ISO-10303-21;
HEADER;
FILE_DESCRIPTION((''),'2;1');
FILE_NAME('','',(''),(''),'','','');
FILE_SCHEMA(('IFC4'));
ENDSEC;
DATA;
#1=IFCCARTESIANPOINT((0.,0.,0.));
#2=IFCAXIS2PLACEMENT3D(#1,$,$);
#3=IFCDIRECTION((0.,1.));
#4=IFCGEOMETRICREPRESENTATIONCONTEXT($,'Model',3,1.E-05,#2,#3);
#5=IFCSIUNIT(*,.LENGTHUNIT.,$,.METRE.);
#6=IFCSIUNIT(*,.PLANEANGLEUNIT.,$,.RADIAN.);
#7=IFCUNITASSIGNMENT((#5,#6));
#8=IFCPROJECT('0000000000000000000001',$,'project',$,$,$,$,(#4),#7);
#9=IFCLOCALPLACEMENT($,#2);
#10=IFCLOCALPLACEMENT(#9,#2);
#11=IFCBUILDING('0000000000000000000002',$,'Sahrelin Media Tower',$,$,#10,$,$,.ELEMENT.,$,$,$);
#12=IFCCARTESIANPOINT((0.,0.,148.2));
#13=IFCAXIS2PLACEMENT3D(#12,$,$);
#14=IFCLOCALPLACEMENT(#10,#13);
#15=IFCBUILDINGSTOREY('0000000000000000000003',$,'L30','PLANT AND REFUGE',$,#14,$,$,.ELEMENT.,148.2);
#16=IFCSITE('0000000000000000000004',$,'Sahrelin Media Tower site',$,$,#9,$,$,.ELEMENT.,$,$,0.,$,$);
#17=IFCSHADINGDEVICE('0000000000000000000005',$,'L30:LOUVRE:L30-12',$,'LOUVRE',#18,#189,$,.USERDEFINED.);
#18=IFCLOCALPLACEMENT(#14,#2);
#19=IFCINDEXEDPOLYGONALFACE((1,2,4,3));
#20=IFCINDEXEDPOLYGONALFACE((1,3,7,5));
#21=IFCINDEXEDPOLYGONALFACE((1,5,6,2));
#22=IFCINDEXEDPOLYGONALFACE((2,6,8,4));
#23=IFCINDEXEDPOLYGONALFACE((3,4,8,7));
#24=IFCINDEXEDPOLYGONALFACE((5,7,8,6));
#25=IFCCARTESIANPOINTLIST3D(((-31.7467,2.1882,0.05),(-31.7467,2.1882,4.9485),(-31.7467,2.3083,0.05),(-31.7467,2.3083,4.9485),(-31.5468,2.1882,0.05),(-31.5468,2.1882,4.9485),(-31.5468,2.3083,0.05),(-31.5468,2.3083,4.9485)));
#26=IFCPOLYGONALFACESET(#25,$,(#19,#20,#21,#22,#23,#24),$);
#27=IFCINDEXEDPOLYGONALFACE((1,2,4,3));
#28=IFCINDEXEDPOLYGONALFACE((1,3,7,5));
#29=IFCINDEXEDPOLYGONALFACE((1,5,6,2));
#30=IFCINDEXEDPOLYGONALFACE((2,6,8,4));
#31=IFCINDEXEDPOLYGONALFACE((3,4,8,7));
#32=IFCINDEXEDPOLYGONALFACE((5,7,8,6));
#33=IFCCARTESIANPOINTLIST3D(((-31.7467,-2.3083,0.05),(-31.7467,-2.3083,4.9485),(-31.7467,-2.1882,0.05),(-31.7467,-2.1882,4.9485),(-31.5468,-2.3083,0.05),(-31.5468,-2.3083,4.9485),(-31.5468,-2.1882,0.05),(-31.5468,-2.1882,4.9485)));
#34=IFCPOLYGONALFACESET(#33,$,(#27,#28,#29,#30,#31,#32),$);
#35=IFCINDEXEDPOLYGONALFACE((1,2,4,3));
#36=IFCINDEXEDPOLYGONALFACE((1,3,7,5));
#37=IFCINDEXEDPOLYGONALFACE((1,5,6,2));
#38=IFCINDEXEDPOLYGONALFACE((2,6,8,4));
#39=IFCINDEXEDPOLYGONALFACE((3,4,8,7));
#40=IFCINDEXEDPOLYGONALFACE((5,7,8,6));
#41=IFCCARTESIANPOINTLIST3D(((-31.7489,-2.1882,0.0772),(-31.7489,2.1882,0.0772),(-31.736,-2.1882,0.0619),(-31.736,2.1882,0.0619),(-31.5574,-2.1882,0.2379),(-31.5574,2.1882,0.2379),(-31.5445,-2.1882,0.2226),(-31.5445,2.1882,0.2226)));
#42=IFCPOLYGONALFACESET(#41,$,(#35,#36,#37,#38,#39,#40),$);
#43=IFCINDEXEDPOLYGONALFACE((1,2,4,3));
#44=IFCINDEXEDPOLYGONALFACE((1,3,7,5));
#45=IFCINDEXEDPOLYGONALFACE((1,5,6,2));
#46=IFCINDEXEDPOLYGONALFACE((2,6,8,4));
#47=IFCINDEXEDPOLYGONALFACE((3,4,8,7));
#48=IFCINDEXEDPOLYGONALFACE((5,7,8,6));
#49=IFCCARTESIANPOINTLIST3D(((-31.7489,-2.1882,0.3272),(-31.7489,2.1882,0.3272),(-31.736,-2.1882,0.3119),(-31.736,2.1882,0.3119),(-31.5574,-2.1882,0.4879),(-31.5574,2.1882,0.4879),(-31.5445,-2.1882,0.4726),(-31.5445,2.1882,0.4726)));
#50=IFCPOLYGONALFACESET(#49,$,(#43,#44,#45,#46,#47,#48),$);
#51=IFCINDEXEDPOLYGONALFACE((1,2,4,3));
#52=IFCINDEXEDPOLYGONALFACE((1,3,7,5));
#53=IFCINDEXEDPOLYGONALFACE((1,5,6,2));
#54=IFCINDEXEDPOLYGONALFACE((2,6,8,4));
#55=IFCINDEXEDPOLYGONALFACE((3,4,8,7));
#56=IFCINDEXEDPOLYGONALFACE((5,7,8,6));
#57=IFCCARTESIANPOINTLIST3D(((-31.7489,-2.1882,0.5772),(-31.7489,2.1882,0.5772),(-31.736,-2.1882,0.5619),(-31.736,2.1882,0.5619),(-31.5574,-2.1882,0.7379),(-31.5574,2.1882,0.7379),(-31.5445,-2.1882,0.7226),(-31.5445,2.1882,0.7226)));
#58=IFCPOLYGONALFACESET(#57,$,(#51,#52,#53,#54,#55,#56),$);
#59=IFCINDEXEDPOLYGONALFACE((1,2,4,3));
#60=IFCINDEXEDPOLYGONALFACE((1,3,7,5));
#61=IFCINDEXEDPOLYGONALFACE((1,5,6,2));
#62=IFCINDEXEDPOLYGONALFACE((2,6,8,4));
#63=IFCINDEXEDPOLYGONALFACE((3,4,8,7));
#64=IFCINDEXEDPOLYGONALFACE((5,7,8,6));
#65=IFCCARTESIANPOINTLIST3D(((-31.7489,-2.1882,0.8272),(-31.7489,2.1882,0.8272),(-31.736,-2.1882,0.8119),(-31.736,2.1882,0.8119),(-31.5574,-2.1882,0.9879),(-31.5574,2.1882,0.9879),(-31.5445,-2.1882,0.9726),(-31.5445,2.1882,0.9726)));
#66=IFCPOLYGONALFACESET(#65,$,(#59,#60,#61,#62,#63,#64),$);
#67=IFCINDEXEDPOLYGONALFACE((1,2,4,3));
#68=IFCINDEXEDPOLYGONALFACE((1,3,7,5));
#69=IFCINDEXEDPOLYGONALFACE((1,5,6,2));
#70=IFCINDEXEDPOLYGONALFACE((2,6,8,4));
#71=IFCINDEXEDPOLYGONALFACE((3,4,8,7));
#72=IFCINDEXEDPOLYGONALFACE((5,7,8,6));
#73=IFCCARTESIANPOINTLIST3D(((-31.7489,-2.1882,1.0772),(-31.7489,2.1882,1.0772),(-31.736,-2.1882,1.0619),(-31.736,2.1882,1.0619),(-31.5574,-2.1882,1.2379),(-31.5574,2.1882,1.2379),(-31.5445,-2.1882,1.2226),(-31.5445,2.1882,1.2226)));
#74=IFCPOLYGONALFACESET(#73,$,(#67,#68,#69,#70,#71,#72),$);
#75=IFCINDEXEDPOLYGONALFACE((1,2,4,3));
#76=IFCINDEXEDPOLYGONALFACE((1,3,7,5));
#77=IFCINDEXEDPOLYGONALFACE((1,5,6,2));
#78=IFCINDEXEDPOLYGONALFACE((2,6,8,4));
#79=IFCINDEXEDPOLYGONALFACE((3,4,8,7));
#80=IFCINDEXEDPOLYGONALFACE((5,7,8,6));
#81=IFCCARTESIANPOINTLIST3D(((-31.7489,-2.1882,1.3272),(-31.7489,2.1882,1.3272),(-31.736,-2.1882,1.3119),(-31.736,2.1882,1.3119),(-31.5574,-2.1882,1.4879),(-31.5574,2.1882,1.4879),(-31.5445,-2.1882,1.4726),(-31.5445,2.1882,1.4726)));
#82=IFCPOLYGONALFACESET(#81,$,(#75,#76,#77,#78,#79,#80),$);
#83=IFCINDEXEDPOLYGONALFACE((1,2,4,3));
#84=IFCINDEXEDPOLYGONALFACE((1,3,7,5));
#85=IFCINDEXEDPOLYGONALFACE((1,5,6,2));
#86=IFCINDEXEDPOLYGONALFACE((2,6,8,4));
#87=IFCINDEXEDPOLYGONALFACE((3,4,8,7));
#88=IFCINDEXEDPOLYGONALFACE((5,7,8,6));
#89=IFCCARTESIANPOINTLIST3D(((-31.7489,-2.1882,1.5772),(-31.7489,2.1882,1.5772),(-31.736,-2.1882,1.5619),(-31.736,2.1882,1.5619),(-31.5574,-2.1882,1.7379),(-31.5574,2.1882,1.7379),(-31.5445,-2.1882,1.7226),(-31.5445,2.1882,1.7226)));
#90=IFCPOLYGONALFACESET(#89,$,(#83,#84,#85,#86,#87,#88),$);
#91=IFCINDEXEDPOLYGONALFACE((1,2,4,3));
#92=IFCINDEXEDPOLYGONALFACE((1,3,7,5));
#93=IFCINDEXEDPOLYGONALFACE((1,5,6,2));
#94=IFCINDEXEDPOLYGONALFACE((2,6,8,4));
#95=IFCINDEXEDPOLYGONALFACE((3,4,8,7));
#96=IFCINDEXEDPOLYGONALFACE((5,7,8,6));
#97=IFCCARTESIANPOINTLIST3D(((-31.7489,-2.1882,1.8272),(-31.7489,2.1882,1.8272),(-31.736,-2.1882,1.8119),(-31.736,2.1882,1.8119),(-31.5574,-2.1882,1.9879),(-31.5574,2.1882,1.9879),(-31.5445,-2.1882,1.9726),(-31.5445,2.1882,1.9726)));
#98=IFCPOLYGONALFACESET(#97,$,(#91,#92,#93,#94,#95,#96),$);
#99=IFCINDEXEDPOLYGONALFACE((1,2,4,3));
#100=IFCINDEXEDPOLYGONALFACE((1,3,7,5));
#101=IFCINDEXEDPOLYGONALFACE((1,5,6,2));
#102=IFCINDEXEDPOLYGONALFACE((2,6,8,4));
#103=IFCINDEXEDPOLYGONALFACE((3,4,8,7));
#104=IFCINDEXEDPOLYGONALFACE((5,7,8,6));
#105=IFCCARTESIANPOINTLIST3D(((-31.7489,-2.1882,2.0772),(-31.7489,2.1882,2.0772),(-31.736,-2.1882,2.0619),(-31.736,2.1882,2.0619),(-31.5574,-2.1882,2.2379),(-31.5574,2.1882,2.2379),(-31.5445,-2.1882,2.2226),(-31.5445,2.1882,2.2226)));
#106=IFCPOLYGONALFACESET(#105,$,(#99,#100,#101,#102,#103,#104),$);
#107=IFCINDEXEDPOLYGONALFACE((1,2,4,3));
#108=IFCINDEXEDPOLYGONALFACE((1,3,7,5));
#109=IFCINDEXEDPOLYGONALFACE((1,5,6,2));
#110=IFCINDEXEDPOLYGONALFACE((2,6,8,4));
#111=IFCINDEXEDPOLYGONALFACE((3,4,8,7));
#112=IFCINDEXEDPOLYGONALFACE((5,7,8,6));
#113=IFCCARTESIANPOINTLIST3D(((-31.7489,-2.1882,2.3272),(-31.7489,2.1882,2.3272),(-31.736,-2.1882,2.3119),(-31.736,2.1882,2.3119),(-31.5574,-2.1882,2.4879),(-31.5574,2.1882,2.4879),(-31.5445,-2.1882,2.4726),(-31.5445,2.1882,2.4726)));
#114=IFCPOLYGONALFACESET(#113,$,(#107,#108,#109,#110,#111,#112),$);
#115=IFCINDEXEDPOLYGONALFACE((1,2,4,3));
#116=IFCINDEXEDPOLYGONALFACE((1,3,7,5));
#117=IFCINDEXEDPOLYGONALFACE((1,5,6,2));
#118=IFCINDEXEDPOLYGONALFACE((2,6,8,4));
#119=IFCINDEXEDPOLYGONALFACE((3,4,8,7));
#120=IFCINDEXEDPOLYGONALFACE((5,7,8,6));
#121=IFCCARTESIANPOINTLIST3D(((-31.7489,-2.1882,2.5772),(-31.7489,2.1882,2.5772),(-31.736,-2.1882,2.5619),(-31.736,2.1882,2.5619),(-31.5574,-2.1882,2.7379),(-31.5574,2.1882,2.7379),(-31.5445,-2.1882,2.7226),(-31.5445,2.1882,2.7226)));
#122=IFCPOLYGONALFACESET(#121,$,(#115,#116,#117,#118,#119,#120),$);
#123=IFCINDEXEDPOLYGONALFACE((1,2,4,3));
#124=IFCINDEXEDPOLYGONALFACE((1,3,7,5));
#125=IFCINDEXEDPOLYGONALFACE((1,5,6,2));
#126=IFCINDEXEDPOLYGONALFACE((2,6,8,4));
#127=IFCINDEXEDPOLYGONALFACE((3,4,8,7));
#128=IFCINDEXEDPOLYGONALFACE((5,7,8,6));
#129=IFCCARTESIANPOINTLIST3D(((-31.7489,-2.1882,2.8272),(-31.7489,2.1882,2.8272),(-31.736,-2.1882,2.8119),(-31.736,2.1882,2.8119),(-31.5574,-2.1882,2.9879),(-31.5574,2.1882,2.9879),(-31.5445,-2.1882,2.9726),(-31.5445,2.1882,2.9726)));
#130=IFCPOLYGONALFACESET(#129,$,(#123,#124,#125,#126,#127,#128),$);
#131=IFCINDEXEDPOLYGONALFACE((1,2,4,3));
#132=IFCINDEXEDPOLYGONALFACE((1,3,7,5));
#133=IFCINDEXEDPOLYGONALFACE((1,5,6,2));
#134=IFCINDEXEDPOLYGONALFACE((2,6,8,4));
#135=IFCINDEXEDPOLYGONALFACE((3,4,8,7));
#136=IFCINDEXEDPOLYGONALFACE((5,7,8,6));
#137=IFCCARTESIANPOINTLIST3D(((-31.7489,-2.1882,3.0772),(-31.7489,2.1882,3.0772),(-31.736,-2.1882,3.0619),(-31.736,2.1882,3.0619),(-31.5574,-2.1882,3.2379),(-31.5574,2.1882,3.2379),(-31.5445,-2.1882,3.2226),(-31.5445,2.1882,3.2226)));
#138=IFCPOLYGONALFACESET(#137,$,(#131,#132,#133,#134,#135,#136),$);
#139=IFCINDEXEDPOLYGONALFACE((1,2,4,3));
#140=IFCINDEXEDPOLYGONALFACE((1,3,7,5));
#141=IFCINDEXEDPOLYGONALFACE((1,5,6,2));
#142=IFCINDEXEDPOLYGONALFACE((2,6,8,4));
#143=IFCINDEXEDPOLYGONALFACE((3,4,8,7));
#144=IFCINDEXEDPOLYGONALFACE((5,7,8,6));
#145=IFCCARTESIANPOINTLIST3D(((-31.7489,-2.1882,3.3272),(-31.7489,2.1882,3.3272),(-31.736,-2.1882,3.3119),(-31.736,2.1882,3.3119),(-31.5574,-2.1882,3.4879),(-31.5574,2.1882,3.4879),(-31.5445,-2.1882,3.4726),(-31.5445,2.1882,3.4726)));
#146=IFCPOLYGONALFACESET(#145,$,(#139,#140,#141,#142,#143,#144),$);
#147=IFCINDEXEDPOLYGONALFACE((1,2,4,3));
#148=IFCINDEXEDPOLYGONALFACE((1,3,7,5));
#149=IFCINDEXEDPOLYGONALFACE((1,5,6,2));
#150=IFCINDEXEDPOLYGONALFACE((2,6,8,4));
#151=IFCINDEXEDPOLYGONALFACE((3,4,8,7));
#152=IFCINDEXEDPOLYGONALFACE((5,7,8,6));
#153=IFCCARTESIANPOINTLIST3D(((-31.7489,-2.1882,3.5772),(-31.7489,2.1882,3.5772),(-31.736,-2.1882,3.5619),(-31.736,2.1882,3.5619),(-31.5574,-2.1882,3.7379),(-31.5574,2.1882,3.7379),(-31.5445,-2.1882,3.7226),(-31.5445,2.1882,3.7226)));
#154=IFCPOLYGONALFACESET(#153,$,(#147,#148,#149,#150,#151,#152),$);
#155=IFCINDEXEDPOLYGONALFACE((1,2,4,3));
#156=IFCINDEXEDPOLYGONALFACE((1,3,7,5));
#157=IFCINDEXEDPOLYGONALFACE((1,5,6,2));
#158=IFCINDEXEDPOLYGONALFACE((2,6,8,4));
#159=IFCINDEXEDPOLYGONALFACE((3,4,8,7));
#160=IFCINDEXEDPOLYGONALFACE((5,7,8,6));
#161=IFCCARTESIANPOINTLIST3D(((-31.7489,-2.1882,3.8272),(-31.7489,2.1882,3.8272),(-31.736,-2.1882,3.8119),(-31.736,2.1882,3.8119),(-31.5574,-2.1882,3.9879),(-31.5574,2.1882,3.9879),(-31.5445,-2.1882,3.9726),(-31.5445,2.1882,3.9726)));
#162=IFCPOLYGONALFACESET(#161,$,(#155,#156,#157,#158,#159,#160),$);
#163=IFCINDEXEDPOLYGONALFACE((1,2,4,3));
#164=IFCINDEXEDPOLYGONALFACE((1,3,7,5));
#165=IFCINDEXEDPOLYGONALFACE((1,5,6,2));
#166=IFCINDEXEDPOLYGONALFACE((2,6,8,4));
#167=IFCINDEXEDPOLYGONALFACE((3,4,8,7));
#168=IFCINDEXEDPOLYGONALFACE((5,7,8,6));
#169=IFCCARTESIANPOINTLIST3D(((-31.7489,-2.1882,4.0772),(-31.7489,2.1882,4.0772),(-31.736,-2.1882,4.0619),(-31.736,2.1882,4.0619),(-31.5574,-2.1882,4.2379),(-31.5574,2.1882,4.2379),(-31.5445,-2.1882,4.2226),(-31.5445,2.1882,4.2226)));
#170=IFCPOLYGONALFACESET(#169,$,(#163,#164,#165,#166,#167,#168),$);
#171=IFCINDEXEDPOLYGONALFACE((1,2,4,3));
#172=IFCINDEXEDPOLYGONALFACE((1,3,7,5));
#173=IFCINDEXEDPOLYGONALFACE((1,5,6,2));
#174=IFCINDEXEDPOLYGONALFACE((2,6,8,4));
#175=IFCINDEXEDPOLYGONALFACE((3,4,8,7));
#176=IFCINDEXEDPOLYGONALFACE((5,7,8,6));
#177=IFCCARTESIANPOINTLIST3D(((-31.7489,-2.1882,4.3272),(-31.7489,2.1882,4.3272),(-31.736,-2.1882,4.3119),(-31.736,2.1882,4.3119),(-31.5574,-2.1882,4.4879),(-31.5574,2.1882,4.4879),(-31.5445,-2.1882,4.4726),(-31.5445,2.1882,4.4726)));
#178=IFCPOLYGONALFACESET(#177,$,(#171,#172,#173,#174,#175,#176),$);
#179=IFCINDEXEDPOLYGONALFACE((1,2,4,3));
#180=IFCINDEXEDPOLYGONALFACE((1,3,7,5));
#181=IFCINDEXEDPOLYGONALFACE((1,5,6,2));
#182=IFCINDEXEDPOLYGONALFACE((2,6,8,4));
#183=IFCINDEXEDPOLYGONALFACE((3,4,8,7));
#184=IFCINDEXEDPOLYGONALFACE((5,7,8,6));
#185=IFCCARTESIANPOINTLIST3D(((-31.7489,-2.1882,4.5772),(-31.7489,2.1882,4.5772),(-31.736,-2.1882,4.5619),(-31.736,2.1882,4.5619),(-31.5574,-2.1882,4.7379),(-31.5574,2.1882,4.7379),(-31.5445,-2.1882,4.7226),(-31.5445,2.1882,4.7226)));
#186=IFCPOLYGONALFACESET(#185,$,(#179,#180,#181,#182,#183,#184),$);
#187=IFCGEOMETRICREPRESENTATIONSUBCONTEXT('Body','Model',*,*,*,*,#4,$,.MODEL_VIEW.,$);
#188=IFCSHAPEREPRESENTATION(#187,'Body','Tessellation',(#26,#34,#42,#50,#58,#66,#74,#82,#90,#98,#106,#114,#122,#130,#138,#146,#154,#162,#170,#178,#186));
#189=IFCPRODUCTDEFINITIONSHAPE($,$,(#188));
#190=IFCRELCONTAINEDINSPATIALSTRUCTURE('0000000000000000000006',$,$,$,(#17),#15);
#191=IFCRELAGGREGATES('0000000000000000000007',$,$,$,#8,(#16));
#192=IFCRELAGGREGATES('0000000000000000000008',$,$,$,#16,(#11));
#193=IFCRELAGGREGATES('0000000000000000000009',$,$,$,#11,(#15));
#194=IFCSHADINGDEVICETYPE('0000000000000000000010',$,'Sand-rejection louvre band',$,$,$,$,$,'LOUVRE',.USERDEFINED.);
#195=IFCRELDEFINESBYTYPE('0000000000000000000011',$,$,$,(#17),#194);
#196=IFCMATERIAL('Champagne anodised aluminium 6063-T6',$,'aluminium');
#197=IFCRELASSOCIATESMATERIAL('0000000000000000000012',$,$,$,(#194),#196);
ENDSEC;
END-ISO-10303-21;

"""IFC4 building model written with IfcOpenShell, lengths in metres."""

from ifc_helpers import new_model, si_unit, direction, frame, origin, origin_2d, place, context, subcontext, project, spatial, rectangle, extrude, material, type_object, element, save


model = new_model("IFC4")

# Units and contexts
model_context = context("Model", 3, precision=1e-05, world=origin(), true_north=direction((0.0, 1.0)))
body_context = subcontext(model_context, "Body", "Model", "MODEL_VIEW")
ifc_project = project(units=[si_unit("LENGTHUNIT", "METRE"), si_unit("PLANEANGLEUNIT", "RADIAN")], contexts=[model_context])

# Site, building, storey
site_placement = place(None, origin())
site = spatial("IfcSite", under=ifc_project, at=site_placement, Name="Sahrelin Media Tower site", CompositionType="ELEMENT", RefElevation=0.0)
building_placement = place(site_placement, origin())
building = spatial("IfcBuilding", under=site, at=building_placement, Name="Sahrelin Media Tower", CompositionType="ELEMENT")
storey_placement = place(building_placement, frame((0.0, 0.0, 148.2)))
storey = spatial("IfcBuildingStorey", under=building, at=storey_placement, Name="L30", Description="PLANT AND REFUGE", CompositionType="ELEMENT", Elevation=148.2)

# Shading device
ifc_material_1 = material(Name="Champagne anodised aluminium 6063-T6", Category="aluminium")
shading_device_type = type_object("IfcShadingDeviceType", Name="Sand-rejection louvre band", ElementType="LOUVRE", PredefinedType="USERDEFINED", material=ifc_material_1)
shading_device_1_placement = place(storey_placement, frame((-31.5466, 0.0, 0.0), z_axis=(0.0, 0.0, 1.0), x_axis=(0.0, 1.0, 0.0)))
element("IfcShadingDevice", 1, at=shading_device_1_placement, inside=storey, type_object=shading_device_type, Name="L30:LOUVRE:L30-12", ObjectType="LOUVRE", PredefinedType="USERDEFINED", context=body_context, shape_type="SweptSolid", body=[
    extrude(rectangle(XDim=0.1201, YDim=0.2, at=origin_2d()), frame((2.2483, 0.1001, 0.05), z_axis=(0.0, 0.0, 1.0), x_axis=(1.0, 0.0, 0.0)), (0.0, 0.0, 1.0), 4.8984),
    extrude(rectangle(XDim=0.1201, YDim=0.2, at=origin_2d()), frame((-2.2483, 0.1001, 0.05), z_axis=(0.0, 0.0, 1.0), x_axis=(1.0, 0.0, 0.0)), (0.0, 0.0, 1.0), 4.8984),
    extrude(rectangle(XDim=0.25, YDim=0.02, at=origin_2d()), frame((2.1882, 0.1001, 0.1499), z_axis=(-1.0, 0.0, 0.0), x_axis=(0.0, -0.766044, 0.642788)), (0.0, 0.0, 1.0), 4.3765),
    extrude(rectangle(XDim=0.25, YDim=0.02, at=origin_2d()), frame((2.1882, 0.1001, 0.3999), z_axis=(-1.0, 0.0, 0.0), x_axis=(0.0, -0.766044, 0.642788)), (0.0, 0.0, 1.0), 4.3765),
    extrude(rectangle(XDim=0.25, YDim=0.02, at=origin_2d()), frame((2.1882, 0.1001, 0.6499), z_axis=(-1.0, 0.0, 0.0), x_axis=(0.0, -0.766044, 0.642788)), (0.0, 0.0, 1.0), 4.3765),
    extrude(rectangle(XDim=0.25, YDim=0.02, at=origin_2d()), frame((2.1882, 0.1001, 0.8999), z_axis=(-1.0, 0.0, 0.0), x_axis=(0.0, -0.766044, 0.642788)), (0.0, 0.0, 1.0), 4.3765),
    extrude(rectangle(XDim=0.25, YDim=0.02, at=origin_2d()), frame((2.1882, 0.1001, 1.1499), z_axis=(-1.0, 0.0, 0.0), x_axis=(0.0, -0.766044, 0.642788)), (0.0, 0.0, 1.0), 4.3765),
    extrude(rectangle(XDim=0.25, YDim=0.02, at=origin_2d()), frame((2.1882, 0.1001, 1.3999), z_axis=(-1.0, 0.0, 0.0), x_axis=(0.0, -0.766044, 0.642788)), (0.0, 0.0, 1.0), 4.3765),
    extrude(rectangle(XDim=0.25, YDim=0.02, at=origin_2d()), frame((2.1882, 0.1001, 1.6499), z_axis=(-1.0, 0.0, 0.0), x_axis=(0.0, -0.766044, 0.642788)), (0.0, 0.0, 1.0), 4.3765),
    extrude(rectangle(XDim=0.25, YDim=0.02, at=origin_2d()), frame((2.1882, 0.1001, 1.8999), z_axis=(-1.0, 0.0, 0.0), x_axis=(0.0, -0.766044, 0.642788)), (0.0, 0.0, 1.0), 4.3765),
    extrude(rectangle(XDim=0.25, YDim=0.02, at=origin_2d()), frame((2.1882, 0.1001, 2.1499), z_axis=(-1.0, 0.0, 0.0), x_axis=(0.0, -0.766044, 0.642788)), (0.0, 0.0, 1.0), 4.3765),
    extrude(rectangle(XDim=0.25, YDim=0.02, at=origin_2d()), frame((2.1882, 0.1001, 2.3999), z_axis=(-1.0, 0.0, 0.0), x_axis=(0.0, -0.766044, 0.642788)), (0.0, 0.0, 1.0), 4.3765),
    extrude(rectangle(XDim=0.25, YDim=0.02, at=origin_2d()), frame((2.1882, 0.1001, 2.6499), z_axis=(-1.0, 0.0, 0.0), x_axis=(0.0, -0.766044, 0.642788)), (0.0, 0.0, 1.0), 4.3765),
    extrude(rectangle(XDim=0.25, YDim=0.02, at=origin_2d()), frame((2.1882, 0.1001, 2.8999), z_axis=(-1.0, 0.0, 0.0), x_axis=(0.0, -0.766044, 0.642788)), (0.0, 0.0, 1.0), 4.3765),
    extrude(rectangle(XDim=0.25, YDim=0.02, at=origin_2d()), frame((2.1882, 0.1001, 3.1499), z_axis=(-1.0, 0.0, 0.0), x_axis=(0.0, -0.766044, 0.642788)), (0.0, 0.0, 1.0), 4.3765),
    extrude(rectangle(XDim=0.25, YDim=0.02, at=origin_2d()), frame((2.1882, 0.1001, 3.3999), z_axis=(-1.0, 0.0, 0.0), x_axis=(0.0, -0.766044, 0.642788)), (0.0, 0.0, 1.0), 4.3765),
    extrude(rectangle(XDim=0.25, YDim=0.02, at=origin_2d()), frame((2.1882, 0.1001, 3.6499), z_axis=(-1.0, 0.0, 0.0), x_axis=(0.0, -0.766044, 0.642788)), (0.0, 0.0, 1.0), 4.3765),
    extrude(rectangle(XDim=0.25, YDim=0.02, at=origin_2d()), frame((2.1882, 0.1001, 3.8999), z_axis=(-1.0, 0.0, 0.0), x_axis=(0.0, -0.766044, 0.642788)), (0.0, 0.0, 1.0), 4.3765),
    extrude(rectangle(XDim=0.25, YDim=0.02, at=origin_2d()), frame((2.1882, 0.1001, 4.1499), z_axis=(-1.0, 0.0, 0.0), x_axis=(0.0, -0.766044, 0.642788)), (0.0, 0.0, 1.0), 4.3765),
    extrude(rectangle(XDim=0.25, YDim=0.02, at=origin_2d()), frame((2.1882, 0.1001, 4.3999), z_axis=(-1.0, 0.0, 0.0), x_axis=(0.0, -0.766044, 0.642788)), (0.0, 0.0, 1.0), 4.3765),
    extrude(rectangle(XDim=0.25, YDim=0.02, at=origin_2d()), frame((2.1882, 0.1001, 4.6499), z_axis=(-1.0, 0.0, 0.0), x_axis=(0.0, -0.766044, 0.642788)), (0.0, 0.0, 1.0), 4.3765),
])

save(model, "model.ifc")
